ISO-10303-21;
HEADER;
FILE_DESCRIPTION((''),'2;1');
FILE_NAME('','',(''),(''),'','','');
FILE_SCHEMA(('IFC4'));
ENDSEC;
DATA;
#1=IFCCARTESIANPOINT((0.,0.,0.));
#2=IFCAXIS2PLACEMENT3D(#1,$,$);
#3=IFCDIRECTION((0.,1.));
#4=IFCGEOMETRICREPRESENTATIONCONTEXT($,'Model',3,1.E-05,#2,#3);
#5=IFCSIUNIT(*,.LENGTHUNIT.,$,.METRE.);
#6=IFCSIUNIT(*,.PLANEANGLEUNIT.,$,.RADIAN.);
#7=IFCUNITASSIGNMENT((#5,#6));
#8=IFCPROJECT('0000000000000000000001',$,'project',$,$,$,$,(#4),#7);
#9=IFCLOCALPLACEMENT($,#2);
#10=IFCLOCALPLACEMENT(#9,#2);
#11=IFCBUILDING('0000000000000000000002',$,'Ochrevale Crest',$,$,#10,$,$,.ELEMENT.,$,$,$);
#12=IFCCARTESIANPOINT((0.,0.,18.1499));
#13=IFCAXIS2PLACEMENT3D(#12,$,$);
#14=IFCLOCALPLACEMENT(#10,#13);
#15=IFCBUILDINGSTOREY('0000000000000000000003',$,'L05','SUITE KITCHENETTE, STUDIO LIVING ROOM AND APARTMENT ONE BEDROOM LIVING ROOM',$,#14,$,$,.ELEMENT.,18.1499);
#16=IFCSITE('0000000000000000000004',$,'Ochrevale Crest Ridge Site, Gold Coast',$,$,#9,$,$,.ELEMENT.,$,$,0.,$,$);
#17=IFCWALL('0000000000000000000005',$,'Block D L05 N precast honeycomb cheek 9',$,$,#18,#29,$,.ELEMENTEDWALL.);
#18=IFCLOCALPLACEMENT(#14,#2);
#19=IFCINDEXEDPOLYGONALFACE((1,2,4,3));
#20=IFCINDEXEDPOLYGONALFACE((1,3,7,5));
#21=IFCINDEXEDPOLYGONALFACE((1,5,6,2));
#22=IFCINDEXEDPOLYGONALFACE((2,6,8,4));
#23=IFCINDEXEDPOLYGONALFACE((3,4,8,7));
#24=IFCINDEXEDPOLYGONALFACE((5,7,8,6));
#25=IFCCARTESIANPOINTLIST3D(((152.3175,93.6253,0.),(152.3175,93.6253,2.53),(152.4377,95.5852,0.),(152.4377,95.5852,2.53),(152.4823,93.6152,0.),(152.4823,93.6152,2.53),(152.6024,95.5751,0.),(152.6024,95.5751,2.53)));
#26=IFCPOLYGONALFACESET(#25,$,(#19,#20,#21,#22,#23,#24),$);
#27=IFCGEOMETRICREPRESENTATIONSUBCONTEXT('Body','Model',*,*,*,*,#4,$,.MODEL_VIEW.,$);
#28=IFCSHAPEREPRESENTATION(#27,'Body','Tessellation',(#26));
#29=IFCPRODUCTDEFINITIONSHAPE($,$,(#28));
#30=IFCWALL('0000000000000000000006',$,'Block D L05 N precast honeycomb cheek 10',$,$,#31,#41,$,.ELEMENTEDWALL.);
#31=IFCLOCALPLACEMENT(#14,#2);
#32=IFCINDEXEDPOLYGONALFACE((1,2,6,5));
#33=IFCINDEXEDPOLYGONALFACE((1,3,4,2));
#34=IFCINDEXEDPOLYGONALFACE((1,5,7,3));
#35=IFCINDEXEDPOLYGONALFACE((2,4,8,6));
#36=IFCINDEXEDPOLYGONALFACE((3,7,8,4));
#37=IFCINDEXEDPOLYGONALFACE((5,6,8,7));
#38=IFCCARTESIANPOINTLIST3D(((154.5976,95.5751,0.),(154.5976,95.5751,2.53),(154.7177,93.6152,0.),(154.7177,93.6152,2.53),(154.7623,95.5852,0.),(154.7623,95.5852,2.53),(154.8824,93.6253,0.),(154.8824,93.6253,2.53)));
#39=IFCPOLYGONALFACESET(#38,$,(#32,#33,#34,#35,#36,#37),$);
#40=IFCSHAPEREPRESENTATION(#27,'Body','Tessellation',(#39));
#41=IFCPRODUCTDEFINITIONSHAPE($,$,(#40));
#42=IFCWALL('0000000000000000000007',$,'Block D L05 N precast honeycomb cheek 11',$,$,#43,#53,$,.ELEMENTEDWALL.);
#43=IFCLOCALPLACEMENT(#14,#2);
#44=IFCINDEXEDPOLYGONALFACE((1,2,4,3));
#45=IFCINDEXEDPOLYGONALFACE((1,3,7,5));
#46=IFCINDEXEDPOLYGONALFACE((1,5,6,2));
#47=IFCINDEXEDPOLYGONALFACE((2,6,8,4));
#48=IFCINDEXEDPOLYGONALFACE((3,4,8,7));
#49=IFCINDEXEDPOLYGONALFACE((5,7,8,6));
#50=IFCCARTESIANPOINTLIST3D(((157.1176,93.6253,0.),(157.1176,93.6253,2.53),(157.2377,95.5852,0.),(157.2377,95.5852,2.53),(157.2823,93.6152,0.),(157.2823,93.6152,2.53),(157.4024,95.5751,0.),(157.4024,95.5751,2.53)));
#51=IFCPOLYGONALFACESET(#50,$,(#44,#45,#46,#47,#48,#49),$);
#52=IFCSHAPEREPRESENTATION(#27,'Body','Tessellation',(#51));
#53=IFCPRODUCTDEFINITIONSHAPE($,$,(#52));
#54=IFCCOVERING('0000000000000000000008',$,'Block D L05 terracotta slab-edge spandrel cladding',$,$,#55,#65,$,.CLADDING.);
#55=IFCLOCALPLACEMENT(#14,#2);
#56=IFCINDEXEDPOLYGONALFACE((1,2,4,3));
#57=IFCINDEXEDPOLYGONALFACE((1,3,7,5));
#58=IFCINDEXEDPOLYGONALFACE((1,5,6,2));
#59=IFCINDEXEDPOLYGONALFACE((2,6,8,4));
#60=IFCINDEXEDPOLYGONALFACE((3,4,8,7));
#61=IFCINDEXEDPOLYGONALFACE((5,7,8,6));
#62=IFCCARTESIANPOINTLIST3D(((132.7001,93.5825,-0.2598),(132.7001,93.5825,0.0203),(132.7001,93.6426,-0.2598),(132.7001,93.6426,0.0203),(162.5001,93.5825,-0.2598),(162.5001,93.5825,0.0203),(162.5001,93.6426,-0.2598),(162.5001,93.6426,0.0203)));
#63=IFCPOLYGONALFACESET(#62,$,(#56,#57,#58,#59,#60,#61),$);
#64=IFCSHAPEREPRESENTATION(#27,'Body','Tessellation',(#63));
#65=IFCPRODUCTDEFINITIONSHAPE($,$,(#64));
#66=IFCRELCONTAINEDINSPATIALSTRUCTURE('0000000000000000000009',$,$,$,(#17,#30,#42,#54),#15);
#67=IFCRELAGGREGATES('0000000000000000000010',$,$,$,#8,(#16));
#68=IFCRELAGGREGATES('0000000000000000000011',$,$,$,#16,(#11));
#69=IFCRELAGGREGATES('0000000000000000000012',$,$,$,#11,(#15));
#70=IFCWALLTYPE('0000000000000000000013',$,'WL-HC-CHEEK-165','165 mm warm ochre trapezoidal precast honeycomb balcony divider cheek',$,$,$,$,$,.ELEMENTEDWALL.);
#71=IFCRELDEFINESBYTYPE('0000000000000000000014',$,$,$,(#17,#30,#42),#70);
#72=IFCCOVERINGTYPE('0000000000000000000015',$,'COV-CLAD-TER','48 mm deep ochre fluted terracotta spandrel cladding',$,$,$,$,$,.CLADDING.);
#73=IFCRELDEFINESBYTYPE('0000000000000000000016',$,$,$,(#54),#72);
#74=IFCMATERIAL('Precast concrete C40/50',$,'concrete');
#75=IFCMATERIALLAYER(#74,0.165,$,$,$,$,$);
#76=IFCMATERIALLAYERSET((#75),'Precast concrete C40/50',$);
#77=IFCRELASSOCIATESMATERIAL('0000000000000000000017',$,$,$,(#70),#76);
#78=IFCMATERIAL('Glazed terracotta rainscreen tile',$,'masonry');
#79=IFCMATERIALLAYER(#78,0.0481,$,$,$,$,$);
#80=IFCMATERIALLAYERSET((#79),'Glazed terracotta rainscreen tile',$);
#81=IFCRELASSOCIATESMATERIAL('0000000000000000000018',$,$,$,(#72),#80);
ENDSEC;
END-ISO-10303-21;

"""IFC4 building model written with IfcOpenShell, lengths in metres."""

from ifc_helpers import new_model, si_unit, direction, frame, frame_2d, origin, origin_2d, place, context, subcontext, project, spatial, rectangle, extrude, material, layer, layer_set, type_object, element, save


model = new_model("IFC4")

# Units and contexts
model_context = context("Model", 3, precision=1e-05, world=origin(), true_north=direction((0.0, 1.0)))
body_context = subcontext(model_context, "Body", "Model", "MODEL_VIEW")
ifc_project = project(units=[si_unit("LENGTHUNIT", "METRE"), si_unit("PLANEANGLEUNIT", "RADIAN")], contexts=[model_context])

# Site, building, storey
site_placement = place(None, origin())
site = spatial("IfcSite", under=ifc_project, at=site_placement, Name="Ochrevale Crest Ridge Site, Gold Coast", CompositionType="ELEMENT", RefElevation=0.0)
building_placement = place(site_placement, origin())
building = spatial("IfcBuilding", under=site, at=building_placement, Name="Ochrevale Crest", CompositionType="ELEMENT")
storey_placement = place(building_placement, frame((0.0, 0.0, 18.1499)))
storey = spatial("IfcBuildingStorey", under=building, at=storey_placement, Name="L05", Description="SUITE KITCHENETTE, STUDIO LIVING ROOM AND APARTMENT ONE BEDROOM LIVING ROOM", CompositionType="ELEMENT", Elevation=18.1499)

# Shared definitions
ifc_material_1 = material(Name="Precast concrete C40/50", Category="concrete")

# Walls
ifc_layer_1 = layer(ifc_material_1, 0.165)
ifc_layer_set_1 = layer_set([ifc_layer_1], Name="Precast concrete C40/50")
wall_type = type_object("IfcWallType", Name="WL-HC-CHEEK-165", Description="165 mm warm ochre trapezoidal precast honeycomb balcony divider cheek", PredefinedType="ELEMENTEDWALL", material=ifc_layer_set_1)
for number, where, z_axis, x_axis, name in (
    (1, (152.3999, 93.6201, 0.0), (0.0, 0.0, 1.0), (0.061171, 0.998127, 0.0), "Block D L05 N precast honeycomb cheek 9"),
    (2, (154.8, 93.6201, 0.0), (0.0, 0.0, 1.0), (-0.061171, 0.998127, 0.0), "Block D L05 N precast honeycomb cheek 10"),
    (3, (157.2, 93.6201, 0.0), (0.0, 0.0, 1.0), (0.061171, 0.998127, 0.0), "Block D L05 N precast honeycomb cheek 11"),
):
    element("IfcWall", number, at=place(storey_placement, frame(where, z_axis=z_axis, x_axis=x_axis)), inside=storey, type_object=wall_type, Name=name, PredefinedType="ELEMENTEDWALL", context=body_context, shape_type="SweptSolid", body=[
        extrude(rectangle(XDim=1.9636, YDim=0.165, at=frame_2d((0.9819, 0.0))), origin(), (0.0, 0.0, 1.0), 2.53),
    ])

# Covering
ifc_material_2 = material(Name="Glazed terracotta rainscreen tile", Category="masonry")
ifc_layer_2 = layer(ifc_material_2, 0.0481)
ifc_layer_set_2 = layer_set([ifc_layer_2], Name="Glazed terracotta rainscreen tile")
covering_type = type_object("IfcCoveringType", Name="COV-CLAD-TER", Description="48 mm deep ochre fluted terracotta spandrel cladding", PredefinedType="CLADDING", material=ifc_layer_set_2)
covering_placement = place(storey_placement, frame((147.6001, 93.6125, -0.2598), z_axis=(0.0, 0.0, 1.0), x_axis=(-1.0, 0.0, 0.0)))
element("IfcCovering", 4, at=covering_placement, inside=storey, type_object=covering_type, Name="Block D L05 terracotta slab-edge spandrel cladding", PredefinedType="CLADDING", context=body_context, shape_type="SweptSolid", body=[
    extrude(rectangle(XDim=29.8, YDim=0.0601, at=origin_2d()), origin(), (0.0, 0.0, 1.0), 0.28),
])

save(model, "model.ifc")
